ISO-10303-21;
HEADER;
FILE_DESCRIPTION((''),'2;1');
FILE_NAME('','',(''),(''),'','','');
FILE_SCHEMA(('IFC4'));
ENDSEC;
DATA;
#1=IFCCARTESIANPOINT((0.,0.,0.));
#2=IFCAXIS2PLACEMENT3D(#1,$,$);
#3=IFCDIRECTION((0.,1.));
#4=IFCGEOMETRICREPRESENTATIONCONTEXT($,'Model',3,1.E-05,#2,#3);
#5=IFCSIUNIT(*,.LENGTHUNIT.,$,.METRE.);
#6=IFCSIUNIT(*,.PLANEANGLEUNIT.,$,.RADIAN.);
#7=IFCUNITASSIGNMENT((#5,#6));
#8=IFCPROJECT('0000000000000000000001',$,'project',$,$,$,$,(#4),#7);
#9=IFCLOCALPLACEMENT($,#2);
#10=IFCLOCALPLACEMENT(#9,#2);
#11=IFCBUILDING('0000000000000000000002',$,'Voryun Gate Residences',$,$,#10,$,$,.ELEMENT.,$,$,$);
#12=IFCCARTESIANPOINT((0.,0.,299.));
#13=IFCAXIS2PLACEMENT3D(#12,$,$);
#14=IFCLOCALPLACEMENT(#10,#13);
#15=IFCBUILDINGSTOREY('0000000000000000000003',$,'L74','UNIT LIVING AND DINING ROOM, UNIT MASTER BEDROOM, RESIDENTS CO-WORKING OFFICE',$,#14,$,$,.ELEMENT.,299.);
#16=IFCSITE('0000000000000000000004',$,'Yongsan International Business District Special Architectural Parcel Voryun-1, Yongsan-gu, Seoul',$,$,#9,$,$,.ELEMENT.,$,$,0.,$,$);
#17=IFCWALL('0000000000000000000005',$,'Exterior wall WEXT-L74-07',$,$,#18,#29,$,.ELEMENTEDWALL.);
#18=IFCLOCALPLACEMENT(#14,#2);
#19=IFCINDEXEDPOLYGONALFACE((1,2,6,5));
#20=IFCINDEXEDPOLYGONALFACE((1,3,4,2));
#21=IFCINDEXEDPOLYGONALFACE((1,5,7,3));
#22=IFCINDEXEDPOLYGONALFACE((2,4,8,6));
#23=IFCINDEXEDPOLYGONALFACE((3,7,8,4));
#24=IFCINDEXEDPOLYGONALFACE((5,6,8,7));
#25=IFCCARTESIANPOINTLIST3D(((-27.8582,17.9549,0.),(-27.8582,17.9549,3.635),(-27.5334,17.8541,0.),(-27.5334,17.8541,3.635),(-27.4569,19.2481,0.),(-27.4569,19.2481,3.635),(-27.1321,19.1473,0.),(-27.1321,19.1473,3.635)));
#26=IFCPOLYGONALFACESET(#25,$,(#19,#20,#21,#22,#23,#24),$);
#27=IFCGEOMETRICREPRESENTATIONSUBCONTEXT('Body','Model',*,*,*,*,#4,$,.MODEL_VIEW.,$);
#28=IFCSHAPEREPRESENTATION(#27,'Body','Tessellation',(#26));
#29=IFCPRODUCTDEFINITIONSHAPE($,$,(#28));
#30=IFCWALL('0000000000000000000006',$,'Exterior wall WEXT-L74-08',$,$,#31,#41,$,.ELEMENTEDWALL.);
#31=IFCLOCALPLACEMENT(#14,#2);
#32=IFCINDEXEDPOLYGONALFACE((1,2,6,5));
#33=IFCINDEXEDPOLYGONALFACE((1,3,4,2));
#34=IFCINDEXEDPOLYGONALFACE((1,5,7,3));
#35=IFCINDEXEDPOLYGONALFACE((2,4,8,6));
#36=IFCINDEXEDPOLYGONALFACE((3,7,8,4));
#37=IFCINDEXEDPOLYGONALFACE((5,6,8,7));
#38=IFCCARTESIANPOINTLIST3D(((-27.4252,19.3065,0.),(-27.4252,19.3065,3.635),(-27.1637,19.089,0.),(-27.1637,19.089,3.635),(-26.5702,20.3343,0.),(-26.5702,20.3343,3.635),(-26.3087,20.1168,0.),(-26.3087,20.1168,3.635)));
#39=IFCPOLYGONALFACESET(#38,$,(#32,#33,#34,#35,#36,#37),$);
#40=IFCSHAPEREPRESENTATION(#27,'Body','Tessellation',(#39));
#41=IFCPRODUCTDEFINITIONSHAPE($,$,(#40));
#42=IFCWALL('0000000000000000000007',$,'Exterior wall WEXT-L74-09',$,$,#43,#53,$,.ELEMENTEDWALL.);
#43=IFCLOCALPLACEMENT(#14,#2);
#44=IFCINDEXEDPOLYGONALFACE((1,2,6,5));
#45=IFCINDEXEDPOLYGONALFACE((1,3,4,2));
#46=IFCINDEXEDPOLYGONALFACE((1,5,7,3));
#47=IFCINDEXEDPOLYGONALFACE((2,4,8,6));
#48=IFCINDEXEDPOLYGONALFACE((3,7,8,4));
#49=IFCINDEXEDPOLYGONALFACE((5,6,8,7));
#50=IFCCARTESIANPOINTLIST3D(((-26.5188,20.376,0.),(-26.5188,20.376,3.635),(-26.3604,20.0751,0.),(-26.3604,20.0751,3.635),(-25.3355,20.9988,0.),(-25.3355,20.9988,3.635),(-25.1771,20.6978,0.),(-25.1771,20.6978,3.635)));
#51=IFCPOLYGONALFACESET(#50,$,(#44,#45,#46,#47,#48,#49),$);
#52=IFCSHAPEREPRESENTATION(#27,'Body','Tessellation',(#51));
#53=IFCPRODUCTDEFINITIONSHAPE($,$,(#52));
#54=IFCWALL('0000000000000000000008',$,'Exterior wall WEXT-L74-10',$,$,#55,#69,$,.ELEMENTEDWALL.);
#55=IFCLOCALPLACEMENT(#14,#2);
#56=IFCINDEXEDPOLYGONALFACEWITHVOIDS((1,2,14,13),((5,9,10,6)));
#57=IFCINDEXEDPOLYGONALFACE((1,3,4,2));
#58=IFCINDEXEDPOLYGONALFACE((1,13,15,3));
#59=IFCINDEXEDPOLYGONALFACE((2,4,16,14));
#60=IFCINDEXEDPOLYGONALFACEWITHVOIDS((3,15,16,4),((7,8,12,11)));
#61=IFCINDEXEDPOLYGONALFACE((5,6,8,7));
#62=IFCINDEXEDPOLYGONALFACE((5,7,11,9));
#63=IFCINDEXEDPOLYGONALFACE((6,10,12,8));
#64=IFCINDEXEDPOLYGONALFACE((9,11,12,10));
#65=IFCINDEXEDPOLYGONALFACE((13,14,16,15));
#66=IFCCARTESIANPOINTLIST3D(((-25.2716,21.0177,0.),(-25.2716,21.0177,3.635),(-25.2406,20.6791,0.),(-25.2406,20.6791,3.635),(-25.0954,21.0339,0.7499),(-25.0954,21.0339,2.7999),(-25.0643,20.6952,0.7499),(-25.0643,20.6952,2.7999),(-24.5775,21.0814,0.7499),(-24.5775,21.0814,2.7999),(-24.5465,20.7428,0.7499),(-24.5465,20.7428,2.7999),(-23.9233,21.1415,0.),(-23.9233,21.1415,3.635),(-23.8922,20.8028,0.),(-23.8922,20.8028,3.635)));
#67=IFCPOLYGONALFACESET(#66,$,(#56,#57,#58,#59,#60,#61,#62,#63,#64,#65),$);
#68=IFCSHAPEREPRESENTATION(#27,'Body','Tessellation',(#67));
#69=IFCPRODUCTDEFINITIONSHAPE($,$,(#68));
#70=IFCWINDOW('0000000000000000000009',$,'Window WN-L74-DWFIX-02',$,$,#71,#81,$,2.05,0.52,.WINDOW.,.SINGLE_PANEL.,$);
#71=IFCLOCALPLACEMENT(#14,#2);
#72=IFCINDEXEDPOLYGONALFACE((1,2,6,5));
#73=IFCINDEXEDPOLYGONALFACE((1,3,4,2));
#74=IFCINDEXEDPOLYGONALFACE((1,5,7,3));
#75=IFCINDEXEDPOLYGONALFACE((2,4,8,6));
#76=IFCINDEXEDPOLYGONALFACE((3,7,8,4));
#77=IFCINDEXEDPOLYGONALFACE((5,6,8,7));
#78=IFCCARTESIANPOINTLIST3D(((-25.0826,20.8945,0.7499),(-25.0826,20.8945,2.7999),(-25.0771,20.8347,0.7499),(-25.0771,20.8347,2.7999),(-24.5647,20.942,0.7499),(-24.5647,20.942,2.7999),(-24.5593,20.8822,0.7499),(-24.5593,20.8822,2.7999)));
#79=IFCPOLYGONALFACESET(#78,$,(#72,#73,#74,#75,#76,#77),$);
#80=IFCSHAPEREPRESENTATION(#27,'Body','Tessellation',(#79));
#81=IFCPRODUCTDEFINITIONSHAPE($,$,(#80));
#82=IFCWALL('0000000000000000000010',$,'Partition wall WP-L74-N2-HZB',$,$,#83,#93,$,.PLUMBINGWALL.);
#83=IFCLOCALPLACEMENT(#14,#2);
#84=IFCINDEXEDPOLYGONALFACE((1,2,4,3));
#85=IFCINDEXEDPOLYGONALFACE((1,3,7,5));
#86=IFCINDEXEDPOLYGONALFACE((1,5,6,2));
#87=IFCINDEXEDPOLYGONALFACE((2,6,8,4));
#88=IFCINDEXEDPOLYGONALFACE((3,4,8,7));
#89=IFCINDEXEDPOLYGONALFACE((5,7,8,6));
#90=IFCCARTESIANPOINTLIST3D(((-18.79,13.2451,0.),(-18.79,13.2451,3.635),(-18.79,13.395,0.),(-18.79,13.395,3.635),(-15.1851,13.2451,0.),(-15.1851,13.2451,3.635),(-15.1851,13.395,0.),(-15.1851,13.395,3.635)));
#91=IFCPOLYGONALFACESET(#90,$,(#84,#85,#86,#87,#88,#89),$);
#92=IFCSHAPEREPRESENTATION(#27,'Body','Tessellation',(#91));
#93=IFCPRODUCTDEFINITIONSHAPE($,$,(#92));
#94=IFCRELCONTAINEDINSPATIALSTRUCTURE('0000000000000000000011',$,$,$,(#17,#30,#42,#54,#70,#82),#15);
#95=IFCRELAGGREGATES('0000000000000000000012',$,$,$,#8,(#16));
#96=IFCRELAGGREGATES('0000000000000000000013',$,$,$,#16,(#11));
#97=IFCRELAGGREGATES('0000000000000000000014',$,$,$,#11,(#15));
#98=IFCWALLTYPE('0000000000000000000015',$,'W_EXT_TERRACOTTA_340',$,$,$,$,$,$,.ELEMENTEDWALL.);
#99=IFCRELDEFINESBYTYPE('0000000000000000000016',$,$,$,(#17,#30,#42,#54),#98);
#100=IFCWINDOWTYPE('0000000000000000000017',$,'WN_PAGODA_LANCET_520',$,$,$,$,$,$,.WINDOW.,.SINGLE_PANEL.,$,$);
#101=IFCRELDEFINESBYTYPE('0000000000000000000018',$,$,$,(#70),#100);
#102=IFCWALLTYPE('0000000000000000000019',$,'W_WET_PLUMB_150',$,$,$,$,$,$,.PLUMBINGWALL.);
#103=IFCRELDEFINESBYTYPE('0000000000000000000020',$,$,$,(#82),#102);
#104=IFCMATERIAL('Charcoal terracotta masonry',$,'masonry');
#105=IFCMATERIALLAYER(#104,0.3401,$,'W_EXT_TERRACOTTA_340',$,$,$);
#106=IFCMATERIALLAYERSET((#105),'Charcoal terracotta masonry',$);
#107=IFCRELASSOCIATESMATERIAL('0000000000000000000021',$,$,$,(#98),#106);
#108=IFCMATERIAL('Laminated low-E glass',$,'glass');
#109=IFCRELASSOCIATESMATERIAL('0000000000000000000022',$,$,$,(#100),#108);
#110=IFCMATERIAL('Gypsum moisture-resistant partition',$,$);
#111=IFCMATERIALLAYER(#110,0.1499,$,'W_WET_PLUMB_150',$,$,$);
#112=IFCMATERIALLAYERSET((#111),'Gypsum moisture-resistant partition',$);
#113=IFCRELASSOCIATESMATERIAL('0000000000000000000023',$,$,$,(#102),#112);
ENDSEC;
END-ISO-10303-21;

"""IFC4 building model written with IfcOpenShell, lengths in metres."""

from ifc_helpers import new_model, si_unit, direction, frame, frame_2d, origin, place, context, subcontext, project, spatial, rectangle, extrude, material, layer, layer_set, type_object, element, fill, save


model = new_model("IFC4")

# Units and contexts
model_context = context("Model", 3, precision=1e-05, world=origin(), true_north=direction((0.0, 1.0)))
body_context = subcontext(model_context, "Body", "Model", "MODEL_VIEW")
ifc_project = project(units=[si_unit("LENGTHUNIT", "METRE"), si_unit("PLANEANGLEUNIT", "RADIAN")], contexts=[model_context])

# Site, building, storey
site_placement = place(None, origin())
site = spatial("IfcSite", under=ifc_project, at=site_placement, Name="Yongsan International Business District Special Architectural Parcel Voryun-1, Yongsan-gu, Seoul", CompositionType="ELEMENT", RefElevation=0.0)
building_placement = place(site_placement, origin())
building = spatial("IfcBuilding", under=site, at=building_placement, Name="Voryun Gate Residences", CompositionType="ELEMENT")
storey_placement = place(building_placement, frame((0.0, 0.0, 299.0)))
storey = spatial("IfcBuildingStorey", under=building, at=storey_placement, Name="L74", Description="UNIT LIVING AND DINING ROOM, UNIT MASTER BEDROOM, RESIDENTS CO-WORKING OFFICE", CompositionType="ELEMENT", Elevation=299.0)

# Walls
ifc_material_1 = material(Name="Charcoal terracotta masonry", Category="masonry")
ifc_layer_1 = layer(ifc_material_1, 0.3401, Name="W_EXT_TERRACOTTA_340")
ifc_layer_set_1 = layer_set([ifc_layer_1], Name="Charcoal terracotta masonry")
wall_type_1 = type_object("IfcWallType", Name="W_EXT_TERRACOTTA_340", PredefinedType="ELEMENTEDWALL", material=ifc_layer_set_1)
wall_1_placement = place(storey_placement, frame((-27.6958, 17.9045, 0.0), z_axis=(0.0, 0.0, 1.0), x_axis=(0.296416, 0.955059, 0.0)))
element("IfcWall", 1, at=wall_1_placement, inside=storey, type_object=wall_type_1, Name="Exterior wall WEXT-L74-07", PredefinedType="ELEMENTEDWALL", context=body_context, shape_type="SweptSolid", body=[
    extrude(rectangle(XDim=1.354, YDim=0.3401, at=frame_2d((0.677, 0.0))), origin(), (0.0, 0.0, 1.0), 3.635),
])
wall_2_placement = place(storey_placement, frame((-27.2944, 19.1978, 0.0), z_axis=(0.0, 0.0, 1.0), x_axis=(0.639502, 0.76879, 0.0)))
element("IfcWall", 2, at=wall_2_placement, inside=storey, type_object=wall_type_1, Name="Exterior wall WEXT-L74-08", PredefinedType="ELEMENTEDWALL", context=body_context, shape_type="SweptSolid", body=[
    extrude(rectangle(XDim=1.3369, YDim=0.3401, at=frame_2d((0.6685, 0.0))), origin(), (0.0, 0.0, 1.0), 3.635),
])
wall_3_placement = place(storey_placement, frame((-26.4395, 20.2256, 0.0), z_axis=(0.0, 0.0, 1.0), x_axis=(0.884922, 0.465739, 0.0)))
element("IfcWall", 3, at=wall_3_placement, inside=storey, type_object=wall_type_1, Name="Exterior wall WEXT-L74-09", PredefinedType="ELEMENTEDWALL", context=body_context, shape_type="SweptSolid", body=[
    extrude(rectangle(XDim=1.3372, YDim=0.3401, at=frame_2d((0.6685, 0.0))), origin(), (0.0, 0.0, 1.0), 3.635),
])

# Wall, opening, window
wall_4_placement = place(storey_placement, frame((-25.2561, 20.8484, 0.0), z_axis=(0.0, 0.0, 1.0), x_axis=(0.995813, 0.091414, 0.0)))
wall_4 = element("IfcWall", 4, at=wall_4_placement, inside=storey, type_object=wall_type_1, Name="Exterior wall WEXT-L74-10", PredefinedType="ELEMENTEDWALL", context=body_context, shape_type="SweptSolid", body=[
    extrude(rectangle(XDim=1.354, YDim=0.3401, at=frame_2d((0.677, 0.0))), origin(), (0.0, 0.0, 1.0), 3.635),
])
opening_1_placement = place(wall_4_placement, frame((0.177, 0.0, 0.75)))
opening_1 = element("IfcOpeningElement", 5, at=opening_1_placement, cuts=wall_4, PredefinedType="OPENING", context=body_context, shape_type="SweptSolid", body=[
    extrude(rectangle(XDim=0.52, YDim=2.05, at=frame_2d((0.26, 1.0249))), frame((0.0, 0.1799, 0.0), z_axis=(0.0, -1.0, 0.0), x_axis=(1.0, 0.0, 0.0)), (0.0, 0.0, 1.0), 0.3601),
])
ifc_material_2 = material(Name="Laminated low-E glass", Category="glass")
window_type_1 = type_object("IfcWindowType", Name="WN_PAGODA_LANCET_520", PartitioningType="SINGLE_PANEL", PredefinedType="WINDOW", material=ifc_material_2)
window_1_placement = place(opening_1_placement, origin())
window_1 = element("IfcWindow", 6, at=window_1_placement, inside=storey, type_object=window_type_1, Name="Window WN-L74-DWFIX-02", OverallHeight=2.05, OverallWidth=0.52, PartitioningType="SINGLE_PANEL", PredefinedType="WINDOW", context=body_context, shape_type="SweptSolid", body=[
    extrude(rectangle(XDim=0.52, YDim=2.05, at=frame_2d((0.26, 1.0249))), frame((0.0, 0.03, 0.0), z_axis=(0.0, -1.0, 0.0), x_axis=(1.0, 0.0, 0.0)), (0.0, 0.0, 1.0), 0.0601),
])
fill(opening_1, window_1)

# Wall
ifc_material_3 = material(Name="Gypsum moisture-resistant partition")
ifc_layer_2 = layer(ifc_material_3, 0.1499, Name="W_WET_PLUMB_150")
ifc_layer_set_2 = layer_set([ifc_layer_2], Name="Gypsum moisture-resistant partition")
wall_type_2 = type_object("IfcWallType", Name="W_WET_PLUMB_150", PredefinedType="PLUMBINGWALL", material=ifc_layer_set_2)
wall_5_placement = place(storey_placement, frame((-18.79, 13.3201, 0.0), z_axis=(0.0, 0.0, 1.0), x_axis=(1.0, 0.0, 0.0)))
element("IfcWall", 7, at=wall_5_placement, inside=storey, type_object=wall_type_2, Name="Partition wall WP-L74-N2-HZB", PredefinedType="PLUMBINGWALL", context=body_context, shape_type="SweptSolid", body=[
    extrude(rectangle(XDim=3.605, YDim=0.1499, at=frame_2d((1.8025, 0.0))), origin(), (0.0, 0.0, 1.0), 3.635),
])

save(model, "model.ifc")
